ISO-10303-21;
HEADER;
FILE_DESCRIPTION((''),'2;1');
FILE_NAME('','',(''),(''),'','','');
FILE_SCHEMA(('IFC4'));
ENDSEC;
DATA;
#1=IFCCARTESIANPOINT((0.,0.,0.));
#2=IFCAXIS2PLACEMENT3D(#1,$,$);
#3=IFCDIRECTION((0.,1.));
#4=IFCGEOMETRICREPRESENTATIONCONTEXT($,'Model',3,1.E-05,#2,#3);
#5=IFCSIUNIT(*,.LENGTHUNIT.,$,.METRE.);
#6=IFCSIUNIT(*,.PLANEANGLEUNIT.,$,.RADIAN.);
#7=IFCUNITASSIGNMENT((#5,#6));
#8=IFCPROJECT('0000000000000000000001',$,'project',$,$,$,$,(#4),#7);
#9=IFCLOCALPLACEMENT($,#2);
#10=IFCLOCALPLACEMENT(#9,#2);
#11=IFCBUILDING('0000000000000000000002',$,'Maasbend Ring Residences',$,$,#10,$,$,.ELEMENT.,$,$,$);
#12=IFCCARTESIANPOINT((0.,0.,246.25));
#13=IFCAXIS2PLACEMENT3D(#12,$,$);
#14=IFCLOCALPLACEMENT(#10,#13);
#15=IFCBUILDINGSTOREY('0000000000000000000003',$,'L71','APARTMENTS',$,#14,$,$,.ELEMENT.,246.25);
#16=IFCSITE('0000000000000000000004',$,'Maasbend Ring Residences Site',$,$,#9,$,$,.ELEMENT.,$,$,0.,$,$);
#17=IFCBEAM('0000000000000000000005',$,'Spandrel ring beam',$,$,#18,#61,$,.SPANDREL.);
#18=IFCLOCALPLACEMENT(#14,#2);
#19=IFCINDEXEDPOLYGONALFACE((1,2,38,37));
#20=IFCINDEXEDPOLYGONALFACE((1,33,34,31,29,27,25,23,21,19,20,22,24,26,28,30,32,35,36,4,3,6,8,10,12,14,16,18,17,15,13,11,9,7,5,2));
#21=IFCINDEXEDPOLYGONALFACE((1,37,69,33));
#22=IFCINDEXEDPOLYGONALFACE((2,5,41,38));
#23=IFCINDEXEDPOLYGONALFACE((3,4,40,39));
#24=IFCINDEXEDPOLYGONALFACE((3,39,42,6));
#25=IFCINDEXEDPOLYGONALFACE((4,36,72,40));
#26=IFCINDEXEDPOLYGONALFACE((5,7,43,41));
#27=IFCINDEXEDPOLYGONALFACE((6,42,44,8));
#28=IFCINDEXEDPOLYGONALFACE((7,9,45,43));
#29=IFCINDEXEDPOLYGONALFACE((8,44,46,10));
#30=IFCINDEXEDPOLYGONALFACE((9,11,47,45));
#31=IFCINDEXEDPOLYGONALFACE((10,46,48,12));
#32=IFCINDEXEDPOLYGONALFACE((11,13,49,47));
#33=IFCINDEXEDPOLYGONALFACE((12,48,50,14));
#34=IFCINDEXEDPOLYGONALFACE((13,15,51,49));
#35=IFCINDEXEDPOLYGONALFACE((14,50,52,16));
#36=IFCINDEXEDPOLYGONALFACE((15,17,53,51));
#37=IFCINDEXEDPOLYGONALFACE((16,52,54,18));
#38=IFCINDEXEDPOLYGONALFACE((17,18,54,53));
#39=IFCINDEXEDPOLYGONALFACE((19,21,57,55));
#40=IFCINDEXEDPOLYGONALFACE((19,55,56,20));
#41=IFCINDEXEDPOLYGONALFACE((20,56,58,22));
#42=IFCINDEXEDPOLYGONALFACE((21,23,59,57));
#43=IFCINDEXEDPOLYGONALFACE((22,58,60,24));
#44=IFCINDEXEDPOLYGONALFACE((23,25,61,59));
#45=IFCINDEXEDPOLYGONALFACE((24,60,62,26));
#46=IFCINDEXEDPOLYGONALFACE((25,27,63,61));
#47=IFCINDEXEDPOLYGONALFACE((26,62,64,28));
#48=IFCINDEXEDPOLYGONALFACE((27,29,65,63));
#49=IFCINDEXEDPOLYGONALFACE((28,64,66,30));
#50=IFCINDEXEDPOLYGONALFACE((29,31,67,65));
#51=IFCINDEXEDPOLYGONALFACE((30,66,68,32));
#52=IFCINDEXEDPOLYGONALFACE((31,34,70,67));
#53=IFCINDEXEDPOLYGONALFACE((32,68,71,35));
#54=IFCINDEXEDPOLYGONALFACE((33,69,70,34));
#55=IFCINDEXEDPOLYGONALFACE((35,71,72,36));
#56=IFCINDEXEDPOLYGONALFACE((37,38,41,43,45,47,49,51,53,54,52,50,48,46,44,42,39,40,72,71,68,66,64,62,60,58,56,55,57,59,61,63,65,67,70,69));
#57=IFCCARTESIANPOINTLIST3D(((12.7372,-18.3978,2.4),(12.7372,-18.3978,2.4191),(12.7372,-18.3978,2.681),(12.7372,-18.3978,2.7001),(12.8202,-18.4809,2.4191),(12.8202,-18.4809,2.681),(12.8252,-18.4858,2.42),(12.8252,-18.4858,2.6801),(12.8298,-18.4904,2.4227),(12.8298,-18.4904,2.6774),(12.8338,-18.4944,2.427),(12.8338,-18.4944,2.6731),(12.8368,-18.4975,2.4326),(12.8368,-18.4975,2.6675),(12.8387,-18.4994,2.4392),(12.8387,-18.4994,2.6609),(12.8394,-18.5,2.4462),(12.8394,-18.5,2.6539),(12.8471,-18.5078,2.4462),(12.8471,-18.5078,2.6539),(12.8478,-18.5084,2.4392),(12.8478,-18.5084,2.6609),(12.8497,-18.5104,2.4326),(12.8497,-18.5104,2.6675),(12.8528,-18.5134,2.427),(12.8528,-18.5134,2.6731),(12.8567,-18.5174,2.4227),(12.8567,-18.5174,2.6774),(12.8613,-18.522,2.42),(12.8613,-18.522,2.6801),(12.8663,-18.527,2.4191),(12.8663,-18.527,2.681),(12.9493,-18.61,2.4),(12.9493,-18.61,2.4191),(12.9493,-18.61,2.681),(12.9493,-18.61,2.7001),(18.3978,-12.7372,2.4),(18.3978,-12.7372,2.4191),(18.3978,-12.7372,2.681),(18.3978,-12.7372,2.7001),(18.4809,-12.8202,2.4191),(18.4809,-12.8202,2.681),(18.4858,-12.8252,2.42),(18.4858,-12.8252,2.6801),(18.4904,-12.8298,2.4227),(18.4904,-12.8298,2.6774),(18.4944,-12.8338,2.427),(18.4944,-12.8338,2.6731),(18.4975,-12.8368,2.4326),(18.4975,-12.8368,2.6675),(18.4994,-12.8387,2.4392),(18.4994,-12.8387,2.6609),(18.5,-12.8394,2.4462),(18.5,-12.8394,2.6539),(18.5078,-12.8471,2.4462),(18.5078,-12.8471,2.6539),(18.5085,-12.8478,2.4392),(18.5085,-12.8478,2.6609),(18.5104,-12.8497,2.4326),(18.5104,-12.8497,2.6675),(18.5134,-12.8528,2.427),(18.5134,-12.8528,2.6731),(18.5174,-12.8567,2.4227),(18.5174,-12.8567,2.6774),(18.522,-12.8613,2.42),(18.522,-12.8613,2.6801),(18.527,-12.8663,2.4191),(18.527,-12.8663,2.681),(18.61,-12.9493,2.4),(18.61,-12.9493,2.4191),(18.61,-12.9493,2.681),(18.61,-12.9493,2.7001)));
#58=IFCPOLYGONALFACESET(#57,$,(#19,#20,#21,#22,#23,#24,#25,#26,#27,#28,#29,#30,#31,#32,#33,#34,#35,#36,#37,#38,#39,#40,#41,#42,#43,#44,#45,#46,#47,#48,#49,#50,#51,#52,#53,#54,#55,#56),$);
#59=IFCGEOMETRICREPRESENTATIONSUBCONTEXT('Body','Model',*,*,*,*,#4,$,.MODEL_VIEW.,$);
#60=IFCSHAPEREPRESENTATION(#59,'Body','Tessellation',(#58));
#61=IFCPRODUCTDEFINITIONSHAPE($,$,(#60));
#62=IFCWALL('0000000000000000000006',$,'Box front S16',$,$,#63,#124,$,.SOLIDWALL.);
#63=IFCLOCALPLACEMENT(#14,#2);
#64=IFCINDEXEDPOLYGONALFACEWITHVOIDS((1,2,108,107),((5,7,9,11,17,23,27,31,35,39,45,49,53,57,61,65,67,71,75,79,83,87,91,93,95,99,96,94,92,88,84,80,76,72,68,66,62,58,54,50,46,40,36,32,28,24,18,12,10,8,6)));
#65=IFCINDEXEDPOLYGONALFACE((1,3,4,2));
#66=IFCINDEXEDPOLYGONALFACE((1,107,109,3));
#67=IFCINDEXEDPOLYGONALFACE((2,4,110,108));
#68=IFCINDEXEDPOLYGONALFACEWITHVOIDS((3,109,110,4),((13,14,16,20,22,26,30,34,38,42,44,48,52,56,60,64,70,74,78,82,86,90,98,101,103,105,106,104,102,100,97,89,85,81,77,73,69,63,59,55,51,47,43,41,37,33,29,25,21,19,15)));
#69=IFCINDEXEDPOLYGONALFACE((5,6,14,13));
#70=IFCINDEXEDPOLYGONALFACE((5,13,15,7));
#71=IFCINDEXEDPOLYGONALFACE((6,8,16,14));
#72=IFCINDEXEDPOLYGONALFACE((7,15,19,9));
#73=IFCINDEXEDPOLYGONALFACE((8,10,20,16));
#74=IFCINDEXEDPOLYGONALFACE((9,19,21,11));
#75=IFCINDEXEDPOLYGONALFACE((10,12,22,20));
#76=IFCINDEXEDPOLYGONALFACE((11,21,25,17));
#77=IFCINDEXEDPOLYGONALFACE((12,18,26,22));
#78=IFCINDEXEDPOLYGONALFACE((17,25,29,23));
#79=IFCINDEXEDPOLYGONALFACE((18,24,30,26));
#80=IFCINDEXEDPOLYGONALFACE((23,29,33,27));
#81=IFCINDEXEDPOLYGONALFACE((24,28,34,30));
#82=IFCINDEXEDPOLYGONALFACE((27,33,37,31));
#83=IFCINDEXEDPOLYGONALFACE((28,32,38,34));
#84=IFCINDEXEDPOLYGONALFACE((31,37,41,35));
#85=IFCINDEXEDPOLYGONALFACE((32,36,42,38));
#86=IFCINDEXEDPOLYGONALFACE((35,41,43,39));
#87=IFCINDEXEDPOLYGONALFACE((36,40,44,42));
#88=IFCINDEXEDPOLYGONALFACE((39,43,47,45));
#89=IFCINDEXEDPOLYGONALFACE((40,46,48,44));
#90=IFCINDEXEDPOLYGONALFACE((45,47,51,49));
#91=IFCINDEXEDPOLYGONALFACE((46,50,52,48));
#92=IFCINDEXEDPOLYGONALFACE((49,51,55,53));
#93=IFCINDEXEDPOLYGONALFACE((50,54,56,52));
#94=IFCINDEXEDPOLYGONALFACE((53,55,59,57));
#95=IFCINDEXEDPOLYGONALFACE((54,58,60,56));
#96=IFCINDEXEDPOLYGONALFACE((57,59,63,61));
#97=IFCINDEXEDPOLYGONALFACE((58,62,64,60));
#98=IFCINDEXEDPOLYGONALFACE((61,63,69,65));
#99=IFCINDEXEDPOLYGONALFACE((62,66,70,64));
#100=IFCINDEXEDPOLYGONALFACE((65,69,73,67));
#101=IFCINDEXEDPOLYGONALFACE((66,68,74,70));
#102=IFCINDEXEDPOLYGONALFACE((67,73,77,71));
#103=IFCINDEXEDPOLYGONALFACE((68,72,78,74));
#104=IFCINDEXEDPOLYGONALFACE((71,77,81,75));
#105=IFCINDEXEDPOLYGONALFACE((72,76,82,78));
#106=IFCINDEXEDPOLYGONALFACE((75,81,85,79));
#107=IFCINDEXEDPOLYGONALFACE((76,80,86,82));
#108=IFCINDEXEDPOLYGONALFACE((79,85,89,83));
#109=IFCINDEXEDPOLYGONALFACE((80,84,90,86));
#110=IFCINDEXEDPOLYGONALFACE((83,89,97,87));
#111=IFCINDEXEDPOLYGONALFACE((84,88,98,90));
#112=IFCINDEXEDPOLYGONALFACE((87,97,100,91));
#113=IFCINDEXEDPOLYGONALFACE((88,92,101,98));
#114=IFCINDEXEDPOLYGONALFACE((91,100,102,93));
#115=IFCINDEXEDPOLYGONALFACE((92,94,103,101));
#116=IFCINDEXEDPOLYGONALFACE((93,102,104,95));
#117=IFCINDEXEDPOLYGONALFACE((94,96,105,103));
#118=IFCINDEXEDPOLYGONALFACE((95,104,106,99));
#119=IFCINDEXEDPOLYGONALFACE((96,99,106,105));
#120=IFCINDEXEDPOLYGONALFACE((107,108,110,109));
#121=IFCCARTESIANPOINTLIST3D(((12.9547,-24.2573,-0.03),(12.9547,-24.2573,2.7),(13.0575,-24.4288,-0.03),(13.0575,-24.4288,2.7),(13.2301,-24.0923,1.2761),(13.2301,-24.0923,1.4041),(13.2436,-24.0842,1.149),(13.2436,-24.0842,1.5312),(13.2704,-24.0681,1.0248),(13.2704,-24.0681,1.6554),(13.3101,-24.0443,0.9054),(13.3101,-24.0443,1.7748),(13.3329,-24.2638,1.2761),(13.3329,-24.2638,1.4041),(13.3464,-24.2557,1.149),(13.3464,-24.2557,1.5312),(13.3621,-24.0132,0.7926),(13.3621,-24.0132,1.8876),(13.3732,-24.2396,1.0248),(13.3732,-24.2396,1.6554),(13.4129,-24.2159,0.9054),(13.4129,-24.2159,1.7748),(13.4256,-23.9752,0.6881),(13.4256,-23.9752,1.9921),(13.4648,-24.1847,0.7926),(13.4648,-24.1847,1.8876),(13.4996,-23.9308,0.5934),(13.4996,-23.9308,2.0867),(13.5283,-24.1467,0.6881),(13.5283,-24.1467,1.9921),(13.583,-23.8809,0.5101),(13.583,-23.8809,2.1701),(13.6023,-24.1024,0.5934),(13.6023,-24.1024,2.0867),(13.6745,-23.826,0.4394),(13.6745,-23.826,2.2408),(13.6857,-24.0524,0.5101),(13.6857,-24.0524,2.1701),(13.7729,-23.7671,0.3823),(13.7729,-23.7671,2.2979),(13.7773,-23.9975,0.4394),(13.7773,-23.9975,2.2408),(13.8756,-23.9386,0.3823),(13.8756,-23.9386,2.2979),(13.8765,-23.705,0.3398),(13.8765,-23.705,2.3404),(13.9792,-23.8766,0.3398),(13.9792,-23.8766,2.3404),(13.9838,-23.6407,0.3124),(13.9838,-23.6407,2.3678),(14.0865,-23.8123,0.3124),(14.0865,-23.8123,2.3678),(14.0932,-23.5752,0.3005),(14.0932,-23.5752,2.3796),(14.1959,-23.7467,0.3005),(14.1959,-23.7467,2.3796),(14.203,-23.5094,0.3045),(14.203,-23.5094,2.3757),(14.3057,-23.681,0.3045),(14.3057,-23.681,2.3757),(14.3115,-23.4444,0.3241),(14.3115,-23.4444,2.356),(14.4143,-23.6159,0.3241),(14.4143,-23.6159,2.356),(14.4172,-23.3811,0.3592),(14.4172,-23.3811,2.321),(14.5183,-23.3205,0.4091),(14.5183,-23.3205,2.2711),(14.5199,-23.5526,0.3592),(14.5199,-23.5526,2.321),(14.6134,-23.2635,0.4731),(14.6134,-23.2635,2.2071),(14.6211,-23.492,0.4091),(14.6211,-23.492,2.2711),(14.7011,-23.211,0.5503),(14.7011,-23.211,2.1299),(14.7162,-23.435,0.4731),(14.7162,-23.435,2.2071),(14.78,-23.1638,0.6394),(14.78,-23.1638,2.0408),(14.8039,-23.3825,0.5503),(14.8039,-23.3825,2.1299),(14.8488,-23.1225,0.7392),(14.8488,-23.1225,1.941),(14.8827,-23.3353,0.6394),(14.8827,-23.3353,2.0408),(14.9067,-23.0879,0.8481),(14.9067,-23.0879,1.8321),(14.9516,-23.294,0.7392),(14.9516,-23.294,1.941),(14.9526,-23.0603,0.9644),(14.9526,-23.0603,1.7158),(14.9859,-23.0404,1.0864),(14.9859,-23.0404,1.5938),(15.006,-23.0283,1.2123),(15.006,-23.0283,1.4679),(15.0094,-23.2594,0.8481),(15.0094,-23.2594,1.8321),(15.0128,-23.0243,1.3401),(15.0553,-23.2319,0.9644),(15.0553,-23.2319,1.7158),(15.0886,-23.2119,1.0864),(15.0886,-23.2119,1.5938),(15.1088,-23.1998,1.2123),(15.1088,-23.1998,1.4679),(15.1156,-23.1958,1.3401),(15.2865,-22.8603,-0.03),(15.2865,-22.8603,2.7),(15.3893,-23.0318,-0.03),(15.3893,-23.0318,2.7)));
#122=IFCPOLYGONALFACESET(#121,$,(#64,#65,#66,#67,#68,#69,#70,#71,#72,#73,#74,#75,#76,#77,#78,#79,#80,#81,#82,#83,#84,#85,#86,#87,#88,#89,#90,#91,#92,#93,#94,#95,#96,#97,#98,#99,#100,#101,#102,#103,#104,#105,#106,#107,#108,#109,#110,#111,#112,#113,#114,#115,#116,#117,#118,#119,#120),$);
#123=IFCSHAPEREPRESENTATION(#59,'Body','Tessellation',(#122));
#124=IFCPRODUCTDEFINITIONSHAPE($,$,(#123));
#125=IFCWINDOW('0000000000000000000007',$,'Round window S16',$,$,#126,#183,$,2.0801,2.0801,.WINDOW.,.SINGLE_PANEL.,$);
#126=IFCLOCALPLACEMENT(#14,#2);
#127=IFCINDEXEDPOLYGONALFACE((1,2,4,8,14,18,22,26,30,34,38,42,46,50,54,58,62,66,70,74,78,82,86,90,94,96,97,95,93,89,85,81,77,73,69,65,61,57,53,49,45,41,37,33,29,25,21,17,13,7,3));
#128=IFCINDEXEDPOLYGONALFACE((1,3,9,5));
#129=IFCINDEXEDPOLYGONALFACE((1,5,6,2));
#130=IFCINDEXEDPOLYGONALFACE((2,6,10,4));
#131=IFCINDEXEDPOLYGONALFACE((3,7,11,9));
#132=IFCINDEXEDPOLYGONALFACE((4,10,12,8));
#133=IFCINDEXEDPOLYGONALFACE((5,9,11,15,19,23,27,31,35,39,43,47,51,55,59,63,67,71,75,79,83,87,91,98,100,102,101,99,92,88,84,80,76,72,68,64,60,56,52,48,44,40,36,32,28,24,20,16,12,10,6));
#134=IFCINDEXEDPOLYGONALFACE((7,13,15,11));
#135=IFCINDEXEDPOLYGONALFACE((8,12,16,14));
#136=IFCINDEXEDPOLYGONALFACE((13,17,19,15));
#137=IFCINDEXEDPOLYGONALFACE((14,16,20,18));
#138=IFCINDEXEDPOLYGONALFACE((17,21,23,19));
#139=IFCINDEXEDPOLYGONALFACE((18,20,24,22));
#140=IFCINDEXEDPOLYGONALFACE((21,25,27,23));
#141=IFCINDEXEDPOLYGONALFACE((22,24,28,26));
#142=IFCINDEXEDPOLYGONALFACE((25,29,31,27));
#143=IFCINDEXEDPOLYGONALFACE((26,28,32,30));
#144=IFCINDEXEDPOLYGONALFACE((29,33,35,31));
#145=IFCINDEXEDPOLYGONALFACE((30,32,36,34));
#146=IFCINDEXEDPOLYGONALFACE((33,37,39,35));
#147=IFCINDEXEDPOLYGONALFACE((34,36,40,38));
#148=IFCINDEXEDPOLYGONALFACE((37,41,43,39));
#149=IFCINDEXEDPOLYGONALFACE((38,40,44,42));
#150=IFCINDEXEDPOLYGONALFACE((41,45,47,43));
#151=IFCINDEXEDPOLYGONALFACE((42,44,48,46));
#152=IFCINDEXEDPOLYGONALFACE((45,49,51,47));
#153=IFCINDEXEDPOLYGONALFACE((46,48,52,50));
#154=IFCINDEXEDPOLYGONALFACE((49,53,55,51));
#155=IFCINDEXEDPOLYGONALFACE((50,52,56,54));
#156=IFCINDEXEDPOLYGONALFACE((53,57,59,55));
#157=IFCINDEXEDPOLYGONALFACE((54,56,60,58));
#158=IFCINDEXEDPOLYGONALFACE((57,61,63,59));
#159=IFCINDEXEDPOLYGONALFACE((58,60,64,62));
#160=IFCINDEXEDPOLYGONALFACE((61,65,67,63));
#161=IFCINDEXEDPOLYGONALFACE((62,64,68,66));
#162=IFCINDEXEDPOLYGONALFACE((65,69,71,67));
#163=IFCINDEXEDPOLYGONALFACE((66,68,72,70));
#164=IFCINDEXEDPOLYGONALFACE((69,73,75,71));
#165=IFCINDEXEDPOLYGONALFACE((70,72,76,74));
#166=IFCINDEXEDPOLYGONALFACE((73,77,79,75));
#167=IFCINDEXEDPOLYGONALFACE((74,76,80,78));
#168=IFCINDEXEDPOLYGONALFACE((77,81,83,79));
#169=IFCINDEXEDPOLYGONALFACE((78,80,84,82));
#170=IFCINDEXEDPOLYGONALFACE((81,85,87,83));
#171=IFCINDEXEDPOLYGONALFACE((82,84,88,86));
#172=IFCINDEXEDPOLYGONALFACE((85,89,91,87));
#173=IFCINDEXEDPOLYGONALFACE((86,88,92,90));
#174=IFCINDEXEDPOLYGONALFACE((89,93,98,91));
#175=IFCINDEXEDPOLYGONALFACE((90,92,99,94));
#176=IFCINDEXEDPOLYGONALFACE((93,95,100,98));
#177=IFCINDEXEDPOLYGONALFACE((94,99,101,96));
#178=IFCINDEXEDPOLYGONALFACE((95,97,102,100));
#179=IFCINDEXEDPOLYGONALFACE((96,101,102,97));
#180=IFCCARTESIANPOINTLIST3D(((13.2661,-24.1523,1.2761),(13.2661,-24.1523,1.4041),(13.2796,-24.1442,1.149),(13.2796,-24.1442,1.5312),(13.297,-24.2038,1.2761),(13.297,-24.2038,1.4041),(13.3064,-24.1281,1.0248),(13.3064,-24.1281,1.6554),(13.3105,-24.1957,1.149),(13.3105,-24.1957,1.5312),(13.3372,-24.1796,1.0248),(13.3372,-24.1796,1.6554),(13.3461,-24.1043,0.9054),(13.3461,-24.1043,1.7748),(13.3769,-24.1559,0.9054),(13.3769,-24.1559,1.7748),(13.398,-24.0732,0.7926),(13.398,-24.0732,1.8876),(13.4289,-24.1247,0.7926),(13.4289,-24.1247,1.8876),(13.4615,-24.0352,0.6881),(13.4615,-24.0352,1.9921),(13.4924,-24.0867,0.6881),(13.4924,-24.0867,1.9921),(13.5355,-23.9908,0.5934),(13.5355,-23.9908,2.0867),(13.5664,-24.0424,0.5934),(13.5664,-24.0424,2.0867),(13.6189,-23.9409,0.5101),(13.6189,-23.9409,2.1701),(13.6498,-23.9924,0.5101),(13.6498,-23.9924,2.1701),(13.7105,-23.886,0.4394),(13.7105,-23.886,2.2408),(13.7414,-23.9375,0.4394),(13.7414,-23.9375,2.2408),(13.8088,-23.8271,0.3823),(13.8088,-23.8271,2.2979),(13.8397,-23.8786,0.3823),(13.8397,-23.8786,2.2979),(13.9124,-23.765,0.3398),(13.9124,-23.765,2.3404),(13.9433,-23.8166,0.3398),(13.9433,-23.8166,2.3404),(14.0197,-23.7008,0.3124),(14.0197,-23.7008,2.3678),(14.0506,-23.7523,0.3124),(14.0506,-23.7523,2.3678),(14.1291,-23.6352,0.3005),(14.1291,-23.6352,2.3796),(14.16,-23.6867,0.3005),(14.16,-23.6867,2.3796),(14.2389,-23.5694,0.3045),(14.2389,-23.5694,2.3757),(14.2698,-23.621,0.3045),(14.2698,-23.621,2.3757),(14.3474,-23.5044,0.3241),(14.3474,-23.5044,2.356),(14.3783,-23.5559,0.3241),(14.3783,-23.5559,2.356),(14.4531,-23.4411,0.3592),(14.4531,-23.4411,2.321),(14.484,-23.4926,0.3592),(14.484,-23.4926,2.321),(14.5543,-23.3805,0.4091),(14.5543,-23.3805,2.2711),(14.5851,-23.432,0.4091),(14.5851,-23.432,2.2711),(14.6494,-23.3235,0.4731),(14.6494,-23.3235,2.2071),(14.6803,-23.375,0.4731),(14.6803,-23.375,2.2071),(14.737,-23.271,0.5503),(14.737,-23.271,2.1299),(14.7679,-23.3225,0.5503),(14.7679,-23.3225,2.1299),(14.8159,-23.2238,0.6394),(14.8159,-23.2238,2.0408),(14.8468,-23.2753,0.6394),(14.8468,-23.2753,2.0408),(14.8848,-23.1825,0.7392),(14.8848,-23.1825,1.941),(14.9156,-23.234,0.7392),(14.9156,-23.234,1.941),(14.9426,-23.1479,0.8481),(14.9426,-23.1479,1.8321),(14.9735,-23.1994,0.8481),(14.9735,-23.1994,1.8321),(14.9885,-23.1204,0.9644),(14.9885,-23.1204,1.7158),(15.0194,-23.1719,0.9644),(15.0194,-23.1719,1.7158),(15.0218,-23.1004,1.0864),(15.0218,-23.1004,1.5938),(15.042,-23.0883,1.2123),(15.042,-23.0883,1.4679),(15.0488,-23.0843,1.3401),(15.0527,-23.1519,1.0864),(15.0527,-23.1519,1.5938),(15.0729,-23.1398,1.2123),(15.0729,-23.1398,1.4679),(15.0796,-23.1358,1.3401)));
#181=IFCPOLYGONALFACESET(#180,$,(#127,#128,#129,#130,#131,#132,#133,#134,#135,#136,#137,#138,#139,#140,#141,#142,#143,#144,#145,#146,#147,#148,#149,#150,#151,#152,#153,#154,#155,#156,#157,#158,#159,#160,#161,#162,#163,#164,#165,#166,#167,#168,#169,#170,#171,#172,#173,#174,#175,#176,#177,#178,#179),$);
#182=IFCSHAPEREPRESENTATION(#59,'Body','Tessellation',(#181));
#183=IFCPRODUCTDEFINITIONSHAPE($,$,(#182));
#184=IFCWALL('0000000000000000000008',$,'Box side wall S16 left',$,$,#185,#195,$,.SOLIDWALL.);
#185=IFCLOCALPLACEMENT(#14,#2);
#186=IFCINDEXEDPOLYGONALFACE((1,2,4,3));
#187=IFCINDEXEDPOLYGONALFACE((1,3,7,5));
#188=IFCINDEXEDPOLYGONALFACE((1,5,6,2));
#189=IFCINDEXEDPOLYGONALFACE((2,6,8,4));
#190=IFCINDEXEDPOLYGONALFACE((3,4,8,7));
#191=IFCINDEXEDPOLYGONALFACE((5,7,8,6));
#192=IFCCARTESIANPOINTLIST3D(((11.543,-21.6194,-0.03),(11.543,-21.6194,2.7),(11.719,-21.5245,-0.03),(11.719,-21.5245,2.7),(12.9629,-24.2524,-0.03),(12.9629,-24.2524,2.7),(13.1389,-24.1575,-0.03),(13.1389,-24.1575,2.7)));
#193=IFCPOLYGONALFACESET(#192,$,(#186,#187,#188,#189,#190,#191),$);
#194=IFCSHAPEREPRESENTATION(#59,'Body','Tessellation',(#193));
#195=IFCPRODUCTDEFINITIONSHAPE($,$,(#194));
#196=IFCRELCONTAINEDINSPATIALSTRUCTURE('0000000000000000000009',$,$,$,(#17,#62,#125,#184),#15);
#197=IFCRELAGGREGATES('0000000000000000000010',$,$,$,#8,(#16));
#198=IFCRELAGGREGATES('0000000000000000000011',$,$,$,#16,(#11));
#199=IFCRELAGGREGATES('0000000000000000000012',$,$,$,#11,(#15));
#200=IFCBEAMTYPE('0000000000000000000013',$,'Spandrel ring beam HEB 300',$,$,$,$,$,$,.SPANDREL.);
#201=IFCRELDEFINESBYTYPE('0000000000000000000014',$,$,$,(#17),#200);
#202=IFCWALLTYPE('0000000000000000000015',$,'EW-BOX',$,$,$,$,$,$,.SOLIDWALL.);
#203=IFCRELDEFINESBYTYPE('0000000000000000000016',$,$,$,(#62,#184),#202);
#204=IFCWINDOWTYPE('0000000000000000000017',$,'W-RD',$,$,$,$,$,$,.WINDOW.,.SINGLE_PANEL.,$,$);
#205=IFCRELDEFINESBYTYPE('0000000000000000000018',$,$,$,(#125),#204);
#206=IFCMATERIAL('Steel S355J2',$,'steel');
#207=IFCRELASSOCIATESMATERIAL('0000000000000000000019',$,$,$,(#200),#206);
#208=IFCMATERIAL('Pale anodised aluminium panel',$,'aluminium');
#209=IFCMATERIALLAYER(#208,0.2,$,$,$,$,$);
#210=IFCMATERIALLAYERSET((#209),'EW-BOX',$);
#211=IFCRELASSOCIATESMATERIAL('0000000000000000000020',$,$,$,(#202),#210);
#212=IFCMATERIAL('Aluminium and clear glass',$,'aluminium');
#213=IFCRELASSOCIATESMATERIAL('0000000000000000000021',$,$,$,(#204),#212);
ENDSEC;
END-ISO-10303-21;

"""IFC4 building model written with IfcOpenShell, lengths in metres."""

from ifc_helpers import new_model, si_unit, direction, frame, frame_2d, origin, origin_2d, place, context, subcontext, project, spatial, rectangle, circle, i_section, extrude, material, layer, layer_set, material_profile, profile_set, type_object, element, fill, save


model = new_model("IFC4")

# Units and contexts
model_context = context("Model", 3, precision=1e-05, world=origin(), true_north=direction((0.0, 1.0)))
body_context = subcontext(model_context, "Body", "Model", "MODEL_VIEW")
ifc_project = project(units=[si_unit("LENGTHUNIT", "METRE"), si_unit("PLANEANGLEUNIT", "RADIAN")], contexts=[model_context])

# Site, building, storey
site_placement = place(None, origin())
site = spatial("IfcSite", under=ifc_project, at=site_placement, Name="Maasbend Ring Residences Site", CompositionType="ELEMENT", RefElevation=0.0)
building_placement = place(site_placement, origin())
building = spatial("IfcBuilding", under=site, at=building_placement, Name="Maasbend Ring Residences", CompositionType="ELEMENT")
storey_placement = place(building_placement, frame((0.0, 0.0, 246.25)))
storey = spatial("IfcBuildingStorey", under=building, at=storey_placement, Name="L71", Description="APARTMENTS", CompositionType="ELEMENT", Elevation=246.25)

# Beam
ifc_material_1 = material(Name="Steel S355J2", Category="steel")
ifc_material_profile_1 = material_profile(ifc_material_1, i_section(OverallWidth=0.3, OverallDepth=0.3, WebThickness=0.011, FlangeThickness=0.019, FilletRadius=0.0271, at=origin_2d()), Name="HEB 300")
ifc_profile_set_1 = profile_set([ifc_material_profile_1], Name="Steel S355J2")
beam_type = type_object("IfcBeamType", Name="Spandrel ring beam HEB 300", PredefinedType="SPANDREL", material=ifc_profile_set_1)
beam_placement = place(storey_placement, frame((12.8433, -18.5039, 2.55), z_axis=(0.707107, 0.707107, 0.0), x_axis=(-0.707107, 0.707107, 0.0)))
element("IfcBeam", 1, at=beam_placement, inside=storey, type_object=beam_type, Name="Spandrel ring beam", PredefinedType="SPANDREL", context=body_context, shape_type="SweptSolid", body=[
    extrude(i_section(OverallWidth=0.3, OverallDepth=0.3, WebThickness=0.011, FlangeThickness=0.019, FilletRadius=0.0271, at=origin_2d()), origin(), (0.0, 0.0, 1.0), 8.0054),
])

# Wall, opening, window
ifc_material_2 = material(Name="Pale anodised aluminium panel", Category="aluminium")
ifc_layer_1 = layer(ifc_material_2, 0.2)
ifc_layer_set_1 = layer_set([ifc_layer_1], Name="EW-BOX")
wall_type_1 = type_object("IfcWallType", Name="EW-BOX", PredefinedType="SOLIDWALL", material=ifc_layer_set_1)
wall_1_placement = place(storey_placement, frame((13.0061, -24.343, -0.03), z_axis=(0.0, 0.0, 1.0), x_axis=(0.857834, 0.513928, 0.0)))
wall_1 = element("IfcWall", 2, at=wall_1_placement, inside=storey, type_object=wall_type_1, Name="Box front S16", PredefinedType="SOLIDWALL", context=body_context, shape_type="SweptSolid", body=[
    extrude(rectangle(XDim=2.7183, YDim=0.2, at=frame_2d((1.3591, 0.0))), origin(), (0.0, 0.0, 1.0), 2.73),
])
opening_1_placement = place(wall_1_placement, frame((0.3191, 0.0, 0.3301)))
opening_1 = element("IfcOpeningElement", 3, at=opening_1_placement, cuts=wall_1, PredefinedType="OPENING", context=body_context, shape_type="SweptSolid", body=[
    extrude(circle(Radius=1.04, at=frame_2d((1.04, 1.04))), frame((0.0, 0.1099, 0.0), z_axis=(0.0, -1.0, 0.0), x_axis=(1.0, 0.0, 0.0)), (0.0, 0.0, 1.0), 0.22),
])
ifc_material_3 = material(Name="Aluminium and clear glass", Category="aluminium")
window_type_1 = type_object("IfcWindowType", Name="W-RD", PartitioningType="SINGLE_PANEL", PredefinedType="WINDOW", material=ifc_material_3)
window_1_placement = place(opening_1_placement, origin())
window_1 = element("IfcWindow", 4, at=window_1_placement, inside=storey, type_object=window_type_1, Name="Round window S16", OverallHeight=2.0801, OverallWidth=2.0801, PartitioningType="SINGLE_PANEL", PredefinedType="WINDOW", context=body_context, shape_type="SweptSolid", body=[
    extrude(circle(Radius=1.04, at=frame_2d((1.04, 1.04))), frame((0.0, 0.03, 0.0), z_axis=(0.0, -1.0, 0.0), x_axis=(1.0, 0.0, 0.0)), (0.0, 0.0, 1.0), 0.0601),
])
fill(opening_1, window_1)

# Wall
wall_2_placement = place(storey_placement, frame((11.6311, -21.572, -0.03), z_axis=(0.0, 0.0, 1.0), x_axis=(0.47465, -0.880175, 0.0)))
element("IfcWall", 5, at=wall_2_placement, inside=storey, type_object=wall_type_1, Name="Box side wall S16 left", PredefinedType="SOLIDWALL", context=body_context, shape_type="SweptSolid", body=[
    extrude(rectangle(XDim=2.9915, YDim=0.2, at=frame_2d((1.4956, 0.0))), origin(), (0.0, 0.0, 1.0), 2.73),
])

save(model, "model.ifc")
